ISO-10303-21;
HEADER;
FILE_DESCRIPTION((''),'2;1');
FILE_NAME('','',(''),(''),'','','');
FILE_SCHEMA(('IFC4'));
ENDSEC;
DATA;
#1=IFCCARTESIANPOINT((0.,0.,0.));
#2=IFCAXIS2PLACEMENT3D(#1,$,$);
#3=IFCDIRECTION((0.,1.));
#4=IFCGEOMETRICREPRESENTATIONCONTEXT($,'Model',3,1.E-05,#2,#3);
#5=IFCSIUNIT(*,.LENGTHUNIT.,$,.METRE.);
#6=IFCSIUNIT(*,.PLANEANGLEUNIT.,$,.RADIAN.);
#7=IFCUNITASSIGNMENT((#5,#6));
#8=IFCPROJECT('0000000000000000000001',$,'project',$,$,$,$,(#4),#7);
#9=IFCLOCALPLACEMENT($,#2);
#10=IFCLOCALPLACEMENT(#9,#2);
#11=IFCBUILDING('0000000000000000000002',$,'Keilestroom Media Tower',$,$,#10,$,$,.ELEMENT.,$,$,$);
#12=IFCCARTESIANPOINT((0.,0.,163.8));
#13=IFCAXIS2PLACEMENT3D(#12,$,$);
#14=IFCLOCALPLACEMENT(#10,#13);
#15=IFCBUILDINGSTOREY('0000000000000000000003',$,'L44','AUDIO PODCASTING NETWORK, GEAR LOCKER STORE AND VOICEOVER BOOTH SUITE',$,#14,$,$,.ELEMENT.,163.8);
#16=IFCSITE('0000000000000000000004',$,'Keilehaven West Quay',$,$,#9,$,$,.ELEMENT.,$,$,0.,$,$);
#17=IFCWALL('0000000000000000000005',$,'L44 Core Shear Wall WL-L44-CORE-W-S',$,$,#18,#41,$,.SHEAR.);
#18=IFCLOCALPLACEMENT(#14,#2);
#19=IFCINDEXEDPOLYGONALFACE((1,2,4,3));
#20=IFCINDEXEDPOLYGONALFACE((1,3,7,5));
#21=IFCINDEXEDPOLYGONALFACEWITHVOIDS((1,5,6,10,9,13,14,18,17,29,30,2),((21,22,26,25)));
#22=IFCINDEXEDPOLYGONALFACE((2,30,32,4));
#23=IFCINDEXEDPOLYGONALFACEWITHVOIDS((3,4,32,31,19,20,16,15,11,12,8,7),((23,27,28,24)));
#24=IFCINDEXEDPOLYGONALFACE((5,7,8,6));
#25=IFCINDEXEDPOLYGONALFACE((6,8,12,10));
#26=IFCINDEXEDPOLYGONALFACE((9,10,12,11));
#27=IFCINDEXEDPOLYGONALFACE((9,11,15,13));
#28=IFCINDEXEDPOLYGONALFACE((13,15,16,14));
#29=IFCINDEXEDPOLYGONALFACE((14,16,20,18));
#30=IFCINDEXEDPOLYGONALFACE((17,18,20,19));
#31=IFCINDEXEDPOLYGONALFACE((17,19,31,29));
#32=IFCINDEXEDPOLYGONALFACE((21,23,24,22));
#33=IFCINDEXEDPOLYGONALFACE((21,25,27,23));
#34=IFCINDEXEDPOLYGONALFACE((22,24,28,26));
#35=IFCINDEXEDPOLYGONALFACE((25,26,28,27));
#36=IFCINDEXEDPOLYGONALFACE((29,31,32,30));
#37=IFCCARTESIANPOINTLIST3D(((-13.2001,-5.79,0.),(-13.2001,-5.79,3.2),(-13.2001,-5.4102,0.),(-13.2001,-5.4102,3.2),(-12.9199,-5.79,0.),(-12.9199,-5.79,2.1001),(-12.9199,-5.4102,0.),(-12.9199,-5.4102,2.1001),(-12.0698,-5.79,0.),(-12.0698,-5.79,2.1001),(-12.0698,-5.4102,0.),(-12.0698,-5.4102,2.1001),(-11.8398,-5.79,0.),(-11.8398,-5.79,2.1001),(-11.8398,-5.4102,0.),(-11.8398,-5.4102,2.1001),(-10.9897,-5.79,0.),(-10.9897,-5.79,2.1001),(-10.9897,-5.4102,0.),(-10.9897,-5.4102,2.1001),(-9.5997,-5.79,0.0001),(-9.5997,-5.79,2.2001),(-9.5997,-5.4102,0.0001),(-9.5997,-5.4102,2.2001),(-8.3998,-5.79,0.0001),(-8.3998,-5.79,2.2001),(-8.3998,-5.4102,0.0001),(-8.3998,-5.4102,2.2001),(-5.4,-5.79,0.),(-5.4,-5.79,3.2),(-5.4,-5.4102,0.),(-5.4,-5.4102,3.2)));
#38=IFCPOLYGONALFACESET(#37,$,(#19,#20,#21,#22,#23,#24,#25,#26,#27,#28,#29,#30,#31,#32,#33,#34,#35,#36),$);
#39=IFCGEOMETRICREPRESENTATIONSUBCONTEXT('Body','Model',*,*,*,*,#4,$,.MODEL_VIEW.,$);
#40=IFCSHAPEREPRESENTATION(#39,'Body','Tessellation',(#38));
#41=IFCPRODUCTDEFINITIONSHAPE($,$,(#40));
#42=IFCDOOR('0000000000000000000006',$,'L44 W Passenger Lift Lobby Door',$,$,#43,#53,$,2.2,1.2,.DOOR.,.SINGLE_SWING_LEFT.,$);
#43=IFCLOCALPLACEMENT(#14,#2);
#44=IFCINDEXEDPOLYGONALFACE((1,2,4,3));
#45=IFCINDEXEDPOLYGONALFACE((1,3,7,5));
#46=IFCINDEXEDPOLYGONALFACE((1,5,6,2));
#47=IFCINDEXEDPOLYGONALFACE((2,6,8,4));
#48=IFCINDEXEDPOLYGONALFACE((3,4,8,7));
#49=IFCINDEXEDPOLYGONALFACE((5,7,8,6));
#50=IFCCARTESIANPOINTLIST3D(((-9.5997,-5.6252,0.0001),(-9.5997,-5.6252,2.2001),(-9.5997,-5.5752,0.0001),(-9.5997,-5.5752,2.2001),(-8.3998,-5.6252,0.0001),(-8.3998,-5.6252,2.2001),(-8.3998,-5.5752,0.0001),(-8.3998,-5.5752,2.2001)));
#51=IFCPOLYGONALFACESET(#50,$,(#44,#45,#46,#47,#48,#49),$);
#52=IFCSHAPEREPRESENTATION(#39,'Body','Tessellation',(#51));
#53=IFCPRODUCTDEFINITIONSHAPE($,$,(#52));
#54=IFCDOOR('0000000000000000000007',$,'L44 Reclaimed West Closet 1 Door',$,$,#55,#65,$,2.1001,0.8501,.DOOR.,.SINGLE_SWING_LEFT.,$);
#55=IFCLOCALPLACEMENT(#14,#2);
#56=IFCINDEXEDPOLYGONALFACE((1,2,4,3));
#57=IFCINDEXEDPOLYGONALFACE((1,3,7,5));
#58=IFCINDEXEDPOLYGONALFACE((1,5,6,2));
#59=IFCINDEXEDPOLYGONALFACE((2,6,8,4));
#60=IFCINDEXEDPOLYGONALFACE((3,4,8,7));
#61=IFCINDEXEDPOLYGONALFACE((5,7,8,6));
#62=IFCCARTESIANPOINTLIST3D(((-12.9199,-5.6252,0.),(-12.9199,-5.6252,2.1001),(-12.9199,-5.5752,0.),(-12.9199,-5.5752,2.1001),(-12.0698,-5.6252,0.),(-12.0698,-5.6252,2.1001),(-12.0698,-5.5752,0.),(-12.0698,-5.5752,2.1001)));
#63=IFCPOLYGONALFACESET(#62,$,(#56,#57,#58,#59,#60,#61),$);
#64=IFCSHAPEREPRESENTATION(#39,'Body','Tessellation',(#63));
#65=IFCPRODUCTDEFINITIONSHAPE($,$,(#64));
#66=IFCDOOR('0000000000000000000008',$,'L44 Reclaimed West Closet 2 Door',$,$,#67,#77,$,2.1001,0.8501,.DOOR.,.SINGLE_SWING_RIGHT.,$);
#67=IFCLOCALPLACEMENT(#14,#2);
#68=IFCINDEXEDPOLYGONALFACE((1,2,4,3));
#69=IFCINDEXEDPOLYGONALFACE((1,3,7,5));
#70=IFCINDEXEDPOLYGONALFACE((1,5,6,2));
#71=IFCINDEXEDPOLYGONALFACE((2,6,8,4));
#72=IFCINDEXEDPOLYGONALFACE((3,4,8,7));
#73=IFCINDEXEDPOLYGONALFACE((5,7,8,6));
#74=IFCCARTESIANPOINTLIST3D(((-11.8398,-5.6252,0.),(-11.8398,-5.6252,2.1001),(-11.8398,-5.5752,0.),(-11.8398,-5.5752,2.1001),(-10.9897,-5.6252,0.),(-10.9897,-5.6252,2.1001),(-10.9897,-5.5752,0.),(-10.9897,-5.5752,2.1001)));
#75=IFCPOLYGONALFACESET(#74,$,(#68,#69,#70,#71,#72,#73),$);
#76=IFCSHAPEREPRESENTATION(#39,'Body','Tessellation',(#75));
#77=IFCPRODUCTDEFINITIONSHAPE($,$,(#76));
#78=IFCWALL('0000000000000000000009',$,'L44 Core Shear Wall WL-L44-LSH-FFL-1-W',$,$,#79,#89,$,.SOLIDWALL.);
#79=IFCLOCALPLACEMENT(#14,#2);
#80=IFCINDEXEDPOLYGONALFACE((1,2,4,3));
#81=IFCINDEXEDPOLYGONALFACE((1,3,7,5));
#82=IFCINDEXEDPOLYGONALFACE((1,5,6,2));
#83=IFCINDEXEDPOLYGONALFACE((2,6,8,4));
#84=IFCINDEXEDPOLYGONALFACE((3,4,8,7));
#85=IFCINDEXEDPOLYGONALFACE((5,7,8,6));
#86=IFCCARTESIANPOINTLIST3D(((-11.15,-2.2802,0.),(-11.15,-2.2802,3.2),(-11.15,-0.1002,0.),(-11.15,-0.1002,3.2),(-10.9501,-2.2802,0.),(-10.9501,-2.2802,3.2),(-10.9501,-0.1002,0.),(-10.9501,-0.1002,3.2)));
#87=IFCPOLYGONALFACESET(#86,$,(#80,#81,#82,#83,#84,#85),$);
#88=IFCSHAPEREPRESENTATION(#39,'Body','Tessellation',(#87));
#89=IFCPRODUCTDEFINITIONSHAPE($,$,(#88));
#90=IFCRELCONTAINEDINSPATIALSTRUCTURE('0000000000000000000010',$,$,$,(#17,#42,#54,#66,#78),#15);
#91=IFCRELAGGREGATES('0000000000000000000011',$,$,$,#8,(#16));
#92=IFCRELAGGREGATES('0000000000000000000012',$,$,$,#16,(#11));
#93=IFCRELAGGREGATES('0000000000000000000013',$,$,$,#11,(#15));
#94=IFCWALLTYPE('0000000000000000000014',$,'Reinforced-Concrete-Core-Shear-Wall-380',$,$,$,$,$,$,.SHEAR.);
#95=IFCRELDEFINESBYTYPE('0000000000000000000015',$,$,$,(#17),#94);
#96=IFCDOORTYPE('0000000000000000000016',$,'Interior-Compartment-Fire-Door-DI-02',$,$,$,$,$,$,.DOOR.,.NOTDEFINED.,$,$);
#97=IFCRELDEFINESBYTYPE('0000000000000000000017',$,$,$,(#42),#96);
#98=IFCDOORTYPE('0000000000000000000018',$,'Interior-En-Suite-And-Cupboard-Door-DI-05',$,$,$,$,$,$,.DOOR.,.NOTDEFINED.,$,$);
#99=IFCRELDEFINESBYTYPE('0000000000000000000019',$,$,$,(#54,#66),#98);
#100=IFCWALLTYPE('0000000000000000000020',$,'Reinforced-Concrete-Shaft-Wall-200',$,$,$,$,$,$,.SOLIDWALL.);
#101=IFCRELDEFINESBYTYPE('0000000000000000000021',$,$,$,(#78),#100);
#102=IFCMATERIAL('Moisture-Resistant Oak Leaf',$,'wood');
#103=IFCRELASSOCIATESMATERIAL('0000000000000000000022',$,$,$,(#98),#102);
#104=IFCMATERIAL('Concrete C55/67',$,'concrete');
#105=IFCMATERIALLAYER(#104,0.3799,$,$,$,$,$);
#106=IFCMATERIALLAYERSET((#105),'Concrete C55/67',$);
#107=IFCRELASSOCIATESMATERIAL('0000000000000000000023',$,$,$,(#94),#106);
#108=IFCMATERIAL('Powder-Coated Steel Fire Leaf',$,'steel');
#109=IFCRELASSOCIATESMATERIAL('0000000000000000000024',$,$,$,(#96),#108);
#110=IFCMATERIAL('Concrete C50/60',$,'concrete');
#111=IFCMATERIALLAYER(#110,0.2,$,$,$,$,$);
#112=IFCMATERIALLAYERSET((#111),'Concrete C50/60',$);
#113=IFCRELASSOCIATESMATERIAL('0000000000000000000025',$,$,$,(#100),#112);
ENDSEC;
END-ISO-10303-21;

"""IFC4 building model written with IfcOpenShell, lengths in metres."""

from ifc_helpers import new_model, si_unit, direction, frame, frame_2d, origin, place, context, subcontext, project, spatial, rectangle, extrude, source, transform, mapped, material, layer, layer_set, type_object, element, fill, save


model = new_model("IFC4")

# Units and contexts
model_context = context("Model", 3, precision=1e-05, world=origin(), true_north=direction((0.0, 1.0)))
body_context = subcontext(model_context, "Body", "Model", "MODEL_VIEW")
ifc_project = project(units=[si_unit("LENGTHUNIT", "METRE"), si_unit("PLANEANGLEUNIT", "RADIAN")], contexts=[model_context])

# Site, building, storey
site_placement = place(None, origin())
site = spatial("IfcSite", under=ifc_project, at=site_placement, Name="Keilehaven West Quay", CompositionType="ELEMENT", RefElevation=0.0)
building_placement = place(site_placement, origin())
building = spatial("IfcBuilding", under=site, at=building_placement, Name="Keilestroom Media Tower", CompositionType="ELEMENT")
storey_placement = place(building_placement, frame((0.0, 0.0, 163.8)))
storey = spatial("IfcBuildingStorey", under=building, at=storey_placement, Name="L44", Description="AUDIO PODCASTING NETWORK, GEAR LOCKER STORE AND VOICEOVER BOOTH SUITE", CompositionType="ELEMENT", Elevation=163.8)

# Shared definitions
ifc_material_1 = material(Name="Moisture-Resistant Oak Leaf", Category="wood")
door_type_1 = type_object("IfcDoorType", Name="Interior-En-Suite-And-Cupboard-Door-DI-05", OperationType="NOTDEFINED", PredefinedType="DOOR", material=ifc_material_1)
shared_shape_1 = source(origin(), body_context, "Body", "SweptSolid", [
    extrude(rectangle(XDim=0.8501, YDim=2.1001, at=frame_2d((0.425, 1.05))), frame((0.0, 0.0249, 0.0), z_axis=(0.0, -1.0, 0.0), x_axis=(1.0, 0.0, 0.0)), (0.0, 0.0, 1.0), 0.05),
])

# Shared definitions
ifc_material_2 = material(Name="Concrete C55/67", Category="concrete")
ifc_layer_1 = layer(ifc_material_2, 0.3799)
ifc_layer_set_1 = layer_set([ifc_layer_1], Name="Concrete C55/67")
wall_type_1 = type_object("IfcWallType", Name="Reinforced-Concrete-Core-Shear-Wall-380", PredefinedType="SHEAR", material=ifc_layer_set_1)

# Wall, openings, doors
wall_1_placement = place(storey_placement, frame((-13.2, -5.6001, 0.0), z_axis=(0.0, 0.0, 1.0), x_axis=(1.0, 0.0, 0.0)))
wall_1 = element("IfcWall", 1, at=wall_1_placement, inside=storey, type_object=wall_type_1, Name="L44 Core Shear Wall WL-L44-CORE-W-S", PredefinedType="SHEAR", context=body_context, shape_type="SweptSolid", body=[
    extrude(rectangle(XDim=7.8, YDim=0.3799, at=frame_2d((3.8999, 0.0))), origin(), (0.0, 0.0, 1.0), 3.2),
])
opening_1_placement = place(wall_1_placement, frame((3.6001, 0.0, 0.0)))
opening_1 = element("IfcOpeningElement", 2, at=opening_1_placement, cuts=wall_1, PredefinedType="OPENING", context=body_context, shape_type="SweptSolid", body=[
    extrude(rectangle(XDim=1.2, YDim=2.2, at=frame_2d((0.6001, 1.1001))), frame((0.0, 0.2, 0.0), z_axis=(0.0, -1.0, 0.0), x_axis=(1.0, 0.0, 0.0)), (0.0, 0.0, 1.0), 0.3999),
])
opening_2_placement = place(wall_1_placement, frame((0.28, 0.0, 0.0)))
opening_2 = element("IfcOpeningElement", 3, at=opening_2_placement, cuts=wall_1, PredefinedType="OPENING", context=body_context, shape_type="SweptSolid", body=[
    extrude(rectangle(XDim=0.8501, YDim=2.1001, at=frame_2d((0.425, 1.05))), frame((0.0, 0.2, 0.0), z_axis=(0.0, -1.0, 0.0), x_axis=(1.0, 0.0, 0.0)), (0.0, 0.0, 1.0), 0.3999),
])
opening_3_placement = place(wall_1_placement, frame((1.3601, 0.0, 0.0)))
opening_3 = element("IfcOpeningElement", 4, at=opening_3_placement, cuts=wall_1, PredefinedType="OPENING", context=body_context, shape_type="SweptSolid", body=[
    extrude(rectangle(XDim=0.8501, YDim=2.1001, at=frame_2d((0.425, 1.05))), frame((0.0, 0.2, 0.0), z_axis=(0.0, -1.0, 0.0), x_axis=(1.0, 0.0, 0.0)), (0.0, 0.0, 1.0), 0.3999),
])
ifc_material_3 = material(Name="Powder-Coated Steel Fire Leaf", Category="steel")
door_type_2 = type_object("IfcDoorType", Name="Interior-Compartment-Fire-Door-DI-02", OperationType="NOTDEFINED", PredefinedType="DOOR", material=ifc_material_3)
shared_shape_2 = source(origin(), body_context, "Body", "SweptSolid", [
    extrude(rectangle(XDim=1.2, YDim=2.2, at=frame_2d((0.6001, 1.1001))), frame((0.0, 0.0249, 0.0), z_axis=(0.0, -1.0, 0.0), x_axis=(1.0, 0.0, 0.0)), (0.0, 0.0, 1.0), 0.05),
])
door_1_placement = place(opening_1_placement, origin())
door_1 = element("IfcDoor", 5, at=door_1_placement, inside=storey, type_object=door_type_2, Name="L44 W Passenger Lift Lobby Door", OperationType="SINGLE_SWING_LEFT", OverallHeight=2.2, OverallWidth=1.2, PredefinedType="DOOR", context=body_context, shape_type="MappedRepresentation", body=[
    mapped(shared_shape_2, transform((0.0, 0.0, 0.0), x_axis=(1.0, 0.0, 0.0), y_axis=(0.0, 1.0, 0.0), z_axis=(0.0, 0.0, 1.0), scale=1.0)),
])
fill(opening_1, door_1)
door_2_placement = place(opening_2_placement, origin())
door_2 = element("IfcDoor", 6, at=door_2_placement, inside=storey, type_object=door_type_1, Name="L44 Reclaimed West Closet 1 Door", OperationType="SINGLE_SWING_LEFT", OverallHeight=2.1001, OverallWidth=0.8501, PredefinedType="DOOR", context=body_context, shape_type="MappedRepresentation", body=[
    mapped(shared_shape_1, transform((0.0, 0.0, 0.0), x_axis=(1.0, 0.0, 0.0), y_axis=(0.0, 1.0, 0.0), z_axis=(0.0, 0.0, 1.0), scale=1.0)),
])
fill(opening_2, door_2)
door_3_placement = place(opening_3_placement, origin())
door_3 = element("IfcDoor", 7, at=door_3_placement, inside=storey, type_object=door_type_1, Name="L44 Reclaimed West Closet 2 Door", OperationType="SINGLE_SWING_RIGHT", OverallHeight=2.1001, OverallWidth=0.8501, PredefinedType="DOOR", context=body_context, shape_type="MappedRepresentation", body=[
    mapped(shared_shape_1, transform((0.0, 0.0, 0.0), x_axis=(1.0, 0.0, 0.0), y_axis=(0.0, 1.0, 0.0), z_axis=(0.0, 0.0, 1.0), scale=1.0)),
])
fill(opening_3, door_3)

# Wall
ifc_material_4 = material(Name="Concrete C50/60", Category="concrete")
ifc_layer_2 = layer(ifc_material_4, 0.2)
ifc_layer_set_2 = layer_set([ifc_layer_2], Name="Concrete C50/60")
wall_type_2 = type_object("IfcWallType", Name="Reinforced-Concrete-Shaft-Wall-200", PredefinedType="SOLIDWALL", material=ifc_layer_set_2)
wall_2_placement = place(storey_placement, frame((-11.05, -2.28, 0.0), z_axis=(0.0, 0.0, 1.0), x_axis=(0.0, 1.0, 0.0)))
element("IfcWall", 8, at=wall_2_placement, inside=storey, type_object=wall_type_2, Name="L44 Core Shear Wall WL-L44-LSH-FFL-1-W", PredefinedType="SOLIDWALL", context=body_context, shape_type="SweptSolid", body=[
    extrude(rectangle(XDim=2.1799, YDim=0.2, at=frame_2d((1.0898, 0.0))), origin(), (0.0, 0.0, 1.0), 3.2),
])

save(model, "model.ifc")
